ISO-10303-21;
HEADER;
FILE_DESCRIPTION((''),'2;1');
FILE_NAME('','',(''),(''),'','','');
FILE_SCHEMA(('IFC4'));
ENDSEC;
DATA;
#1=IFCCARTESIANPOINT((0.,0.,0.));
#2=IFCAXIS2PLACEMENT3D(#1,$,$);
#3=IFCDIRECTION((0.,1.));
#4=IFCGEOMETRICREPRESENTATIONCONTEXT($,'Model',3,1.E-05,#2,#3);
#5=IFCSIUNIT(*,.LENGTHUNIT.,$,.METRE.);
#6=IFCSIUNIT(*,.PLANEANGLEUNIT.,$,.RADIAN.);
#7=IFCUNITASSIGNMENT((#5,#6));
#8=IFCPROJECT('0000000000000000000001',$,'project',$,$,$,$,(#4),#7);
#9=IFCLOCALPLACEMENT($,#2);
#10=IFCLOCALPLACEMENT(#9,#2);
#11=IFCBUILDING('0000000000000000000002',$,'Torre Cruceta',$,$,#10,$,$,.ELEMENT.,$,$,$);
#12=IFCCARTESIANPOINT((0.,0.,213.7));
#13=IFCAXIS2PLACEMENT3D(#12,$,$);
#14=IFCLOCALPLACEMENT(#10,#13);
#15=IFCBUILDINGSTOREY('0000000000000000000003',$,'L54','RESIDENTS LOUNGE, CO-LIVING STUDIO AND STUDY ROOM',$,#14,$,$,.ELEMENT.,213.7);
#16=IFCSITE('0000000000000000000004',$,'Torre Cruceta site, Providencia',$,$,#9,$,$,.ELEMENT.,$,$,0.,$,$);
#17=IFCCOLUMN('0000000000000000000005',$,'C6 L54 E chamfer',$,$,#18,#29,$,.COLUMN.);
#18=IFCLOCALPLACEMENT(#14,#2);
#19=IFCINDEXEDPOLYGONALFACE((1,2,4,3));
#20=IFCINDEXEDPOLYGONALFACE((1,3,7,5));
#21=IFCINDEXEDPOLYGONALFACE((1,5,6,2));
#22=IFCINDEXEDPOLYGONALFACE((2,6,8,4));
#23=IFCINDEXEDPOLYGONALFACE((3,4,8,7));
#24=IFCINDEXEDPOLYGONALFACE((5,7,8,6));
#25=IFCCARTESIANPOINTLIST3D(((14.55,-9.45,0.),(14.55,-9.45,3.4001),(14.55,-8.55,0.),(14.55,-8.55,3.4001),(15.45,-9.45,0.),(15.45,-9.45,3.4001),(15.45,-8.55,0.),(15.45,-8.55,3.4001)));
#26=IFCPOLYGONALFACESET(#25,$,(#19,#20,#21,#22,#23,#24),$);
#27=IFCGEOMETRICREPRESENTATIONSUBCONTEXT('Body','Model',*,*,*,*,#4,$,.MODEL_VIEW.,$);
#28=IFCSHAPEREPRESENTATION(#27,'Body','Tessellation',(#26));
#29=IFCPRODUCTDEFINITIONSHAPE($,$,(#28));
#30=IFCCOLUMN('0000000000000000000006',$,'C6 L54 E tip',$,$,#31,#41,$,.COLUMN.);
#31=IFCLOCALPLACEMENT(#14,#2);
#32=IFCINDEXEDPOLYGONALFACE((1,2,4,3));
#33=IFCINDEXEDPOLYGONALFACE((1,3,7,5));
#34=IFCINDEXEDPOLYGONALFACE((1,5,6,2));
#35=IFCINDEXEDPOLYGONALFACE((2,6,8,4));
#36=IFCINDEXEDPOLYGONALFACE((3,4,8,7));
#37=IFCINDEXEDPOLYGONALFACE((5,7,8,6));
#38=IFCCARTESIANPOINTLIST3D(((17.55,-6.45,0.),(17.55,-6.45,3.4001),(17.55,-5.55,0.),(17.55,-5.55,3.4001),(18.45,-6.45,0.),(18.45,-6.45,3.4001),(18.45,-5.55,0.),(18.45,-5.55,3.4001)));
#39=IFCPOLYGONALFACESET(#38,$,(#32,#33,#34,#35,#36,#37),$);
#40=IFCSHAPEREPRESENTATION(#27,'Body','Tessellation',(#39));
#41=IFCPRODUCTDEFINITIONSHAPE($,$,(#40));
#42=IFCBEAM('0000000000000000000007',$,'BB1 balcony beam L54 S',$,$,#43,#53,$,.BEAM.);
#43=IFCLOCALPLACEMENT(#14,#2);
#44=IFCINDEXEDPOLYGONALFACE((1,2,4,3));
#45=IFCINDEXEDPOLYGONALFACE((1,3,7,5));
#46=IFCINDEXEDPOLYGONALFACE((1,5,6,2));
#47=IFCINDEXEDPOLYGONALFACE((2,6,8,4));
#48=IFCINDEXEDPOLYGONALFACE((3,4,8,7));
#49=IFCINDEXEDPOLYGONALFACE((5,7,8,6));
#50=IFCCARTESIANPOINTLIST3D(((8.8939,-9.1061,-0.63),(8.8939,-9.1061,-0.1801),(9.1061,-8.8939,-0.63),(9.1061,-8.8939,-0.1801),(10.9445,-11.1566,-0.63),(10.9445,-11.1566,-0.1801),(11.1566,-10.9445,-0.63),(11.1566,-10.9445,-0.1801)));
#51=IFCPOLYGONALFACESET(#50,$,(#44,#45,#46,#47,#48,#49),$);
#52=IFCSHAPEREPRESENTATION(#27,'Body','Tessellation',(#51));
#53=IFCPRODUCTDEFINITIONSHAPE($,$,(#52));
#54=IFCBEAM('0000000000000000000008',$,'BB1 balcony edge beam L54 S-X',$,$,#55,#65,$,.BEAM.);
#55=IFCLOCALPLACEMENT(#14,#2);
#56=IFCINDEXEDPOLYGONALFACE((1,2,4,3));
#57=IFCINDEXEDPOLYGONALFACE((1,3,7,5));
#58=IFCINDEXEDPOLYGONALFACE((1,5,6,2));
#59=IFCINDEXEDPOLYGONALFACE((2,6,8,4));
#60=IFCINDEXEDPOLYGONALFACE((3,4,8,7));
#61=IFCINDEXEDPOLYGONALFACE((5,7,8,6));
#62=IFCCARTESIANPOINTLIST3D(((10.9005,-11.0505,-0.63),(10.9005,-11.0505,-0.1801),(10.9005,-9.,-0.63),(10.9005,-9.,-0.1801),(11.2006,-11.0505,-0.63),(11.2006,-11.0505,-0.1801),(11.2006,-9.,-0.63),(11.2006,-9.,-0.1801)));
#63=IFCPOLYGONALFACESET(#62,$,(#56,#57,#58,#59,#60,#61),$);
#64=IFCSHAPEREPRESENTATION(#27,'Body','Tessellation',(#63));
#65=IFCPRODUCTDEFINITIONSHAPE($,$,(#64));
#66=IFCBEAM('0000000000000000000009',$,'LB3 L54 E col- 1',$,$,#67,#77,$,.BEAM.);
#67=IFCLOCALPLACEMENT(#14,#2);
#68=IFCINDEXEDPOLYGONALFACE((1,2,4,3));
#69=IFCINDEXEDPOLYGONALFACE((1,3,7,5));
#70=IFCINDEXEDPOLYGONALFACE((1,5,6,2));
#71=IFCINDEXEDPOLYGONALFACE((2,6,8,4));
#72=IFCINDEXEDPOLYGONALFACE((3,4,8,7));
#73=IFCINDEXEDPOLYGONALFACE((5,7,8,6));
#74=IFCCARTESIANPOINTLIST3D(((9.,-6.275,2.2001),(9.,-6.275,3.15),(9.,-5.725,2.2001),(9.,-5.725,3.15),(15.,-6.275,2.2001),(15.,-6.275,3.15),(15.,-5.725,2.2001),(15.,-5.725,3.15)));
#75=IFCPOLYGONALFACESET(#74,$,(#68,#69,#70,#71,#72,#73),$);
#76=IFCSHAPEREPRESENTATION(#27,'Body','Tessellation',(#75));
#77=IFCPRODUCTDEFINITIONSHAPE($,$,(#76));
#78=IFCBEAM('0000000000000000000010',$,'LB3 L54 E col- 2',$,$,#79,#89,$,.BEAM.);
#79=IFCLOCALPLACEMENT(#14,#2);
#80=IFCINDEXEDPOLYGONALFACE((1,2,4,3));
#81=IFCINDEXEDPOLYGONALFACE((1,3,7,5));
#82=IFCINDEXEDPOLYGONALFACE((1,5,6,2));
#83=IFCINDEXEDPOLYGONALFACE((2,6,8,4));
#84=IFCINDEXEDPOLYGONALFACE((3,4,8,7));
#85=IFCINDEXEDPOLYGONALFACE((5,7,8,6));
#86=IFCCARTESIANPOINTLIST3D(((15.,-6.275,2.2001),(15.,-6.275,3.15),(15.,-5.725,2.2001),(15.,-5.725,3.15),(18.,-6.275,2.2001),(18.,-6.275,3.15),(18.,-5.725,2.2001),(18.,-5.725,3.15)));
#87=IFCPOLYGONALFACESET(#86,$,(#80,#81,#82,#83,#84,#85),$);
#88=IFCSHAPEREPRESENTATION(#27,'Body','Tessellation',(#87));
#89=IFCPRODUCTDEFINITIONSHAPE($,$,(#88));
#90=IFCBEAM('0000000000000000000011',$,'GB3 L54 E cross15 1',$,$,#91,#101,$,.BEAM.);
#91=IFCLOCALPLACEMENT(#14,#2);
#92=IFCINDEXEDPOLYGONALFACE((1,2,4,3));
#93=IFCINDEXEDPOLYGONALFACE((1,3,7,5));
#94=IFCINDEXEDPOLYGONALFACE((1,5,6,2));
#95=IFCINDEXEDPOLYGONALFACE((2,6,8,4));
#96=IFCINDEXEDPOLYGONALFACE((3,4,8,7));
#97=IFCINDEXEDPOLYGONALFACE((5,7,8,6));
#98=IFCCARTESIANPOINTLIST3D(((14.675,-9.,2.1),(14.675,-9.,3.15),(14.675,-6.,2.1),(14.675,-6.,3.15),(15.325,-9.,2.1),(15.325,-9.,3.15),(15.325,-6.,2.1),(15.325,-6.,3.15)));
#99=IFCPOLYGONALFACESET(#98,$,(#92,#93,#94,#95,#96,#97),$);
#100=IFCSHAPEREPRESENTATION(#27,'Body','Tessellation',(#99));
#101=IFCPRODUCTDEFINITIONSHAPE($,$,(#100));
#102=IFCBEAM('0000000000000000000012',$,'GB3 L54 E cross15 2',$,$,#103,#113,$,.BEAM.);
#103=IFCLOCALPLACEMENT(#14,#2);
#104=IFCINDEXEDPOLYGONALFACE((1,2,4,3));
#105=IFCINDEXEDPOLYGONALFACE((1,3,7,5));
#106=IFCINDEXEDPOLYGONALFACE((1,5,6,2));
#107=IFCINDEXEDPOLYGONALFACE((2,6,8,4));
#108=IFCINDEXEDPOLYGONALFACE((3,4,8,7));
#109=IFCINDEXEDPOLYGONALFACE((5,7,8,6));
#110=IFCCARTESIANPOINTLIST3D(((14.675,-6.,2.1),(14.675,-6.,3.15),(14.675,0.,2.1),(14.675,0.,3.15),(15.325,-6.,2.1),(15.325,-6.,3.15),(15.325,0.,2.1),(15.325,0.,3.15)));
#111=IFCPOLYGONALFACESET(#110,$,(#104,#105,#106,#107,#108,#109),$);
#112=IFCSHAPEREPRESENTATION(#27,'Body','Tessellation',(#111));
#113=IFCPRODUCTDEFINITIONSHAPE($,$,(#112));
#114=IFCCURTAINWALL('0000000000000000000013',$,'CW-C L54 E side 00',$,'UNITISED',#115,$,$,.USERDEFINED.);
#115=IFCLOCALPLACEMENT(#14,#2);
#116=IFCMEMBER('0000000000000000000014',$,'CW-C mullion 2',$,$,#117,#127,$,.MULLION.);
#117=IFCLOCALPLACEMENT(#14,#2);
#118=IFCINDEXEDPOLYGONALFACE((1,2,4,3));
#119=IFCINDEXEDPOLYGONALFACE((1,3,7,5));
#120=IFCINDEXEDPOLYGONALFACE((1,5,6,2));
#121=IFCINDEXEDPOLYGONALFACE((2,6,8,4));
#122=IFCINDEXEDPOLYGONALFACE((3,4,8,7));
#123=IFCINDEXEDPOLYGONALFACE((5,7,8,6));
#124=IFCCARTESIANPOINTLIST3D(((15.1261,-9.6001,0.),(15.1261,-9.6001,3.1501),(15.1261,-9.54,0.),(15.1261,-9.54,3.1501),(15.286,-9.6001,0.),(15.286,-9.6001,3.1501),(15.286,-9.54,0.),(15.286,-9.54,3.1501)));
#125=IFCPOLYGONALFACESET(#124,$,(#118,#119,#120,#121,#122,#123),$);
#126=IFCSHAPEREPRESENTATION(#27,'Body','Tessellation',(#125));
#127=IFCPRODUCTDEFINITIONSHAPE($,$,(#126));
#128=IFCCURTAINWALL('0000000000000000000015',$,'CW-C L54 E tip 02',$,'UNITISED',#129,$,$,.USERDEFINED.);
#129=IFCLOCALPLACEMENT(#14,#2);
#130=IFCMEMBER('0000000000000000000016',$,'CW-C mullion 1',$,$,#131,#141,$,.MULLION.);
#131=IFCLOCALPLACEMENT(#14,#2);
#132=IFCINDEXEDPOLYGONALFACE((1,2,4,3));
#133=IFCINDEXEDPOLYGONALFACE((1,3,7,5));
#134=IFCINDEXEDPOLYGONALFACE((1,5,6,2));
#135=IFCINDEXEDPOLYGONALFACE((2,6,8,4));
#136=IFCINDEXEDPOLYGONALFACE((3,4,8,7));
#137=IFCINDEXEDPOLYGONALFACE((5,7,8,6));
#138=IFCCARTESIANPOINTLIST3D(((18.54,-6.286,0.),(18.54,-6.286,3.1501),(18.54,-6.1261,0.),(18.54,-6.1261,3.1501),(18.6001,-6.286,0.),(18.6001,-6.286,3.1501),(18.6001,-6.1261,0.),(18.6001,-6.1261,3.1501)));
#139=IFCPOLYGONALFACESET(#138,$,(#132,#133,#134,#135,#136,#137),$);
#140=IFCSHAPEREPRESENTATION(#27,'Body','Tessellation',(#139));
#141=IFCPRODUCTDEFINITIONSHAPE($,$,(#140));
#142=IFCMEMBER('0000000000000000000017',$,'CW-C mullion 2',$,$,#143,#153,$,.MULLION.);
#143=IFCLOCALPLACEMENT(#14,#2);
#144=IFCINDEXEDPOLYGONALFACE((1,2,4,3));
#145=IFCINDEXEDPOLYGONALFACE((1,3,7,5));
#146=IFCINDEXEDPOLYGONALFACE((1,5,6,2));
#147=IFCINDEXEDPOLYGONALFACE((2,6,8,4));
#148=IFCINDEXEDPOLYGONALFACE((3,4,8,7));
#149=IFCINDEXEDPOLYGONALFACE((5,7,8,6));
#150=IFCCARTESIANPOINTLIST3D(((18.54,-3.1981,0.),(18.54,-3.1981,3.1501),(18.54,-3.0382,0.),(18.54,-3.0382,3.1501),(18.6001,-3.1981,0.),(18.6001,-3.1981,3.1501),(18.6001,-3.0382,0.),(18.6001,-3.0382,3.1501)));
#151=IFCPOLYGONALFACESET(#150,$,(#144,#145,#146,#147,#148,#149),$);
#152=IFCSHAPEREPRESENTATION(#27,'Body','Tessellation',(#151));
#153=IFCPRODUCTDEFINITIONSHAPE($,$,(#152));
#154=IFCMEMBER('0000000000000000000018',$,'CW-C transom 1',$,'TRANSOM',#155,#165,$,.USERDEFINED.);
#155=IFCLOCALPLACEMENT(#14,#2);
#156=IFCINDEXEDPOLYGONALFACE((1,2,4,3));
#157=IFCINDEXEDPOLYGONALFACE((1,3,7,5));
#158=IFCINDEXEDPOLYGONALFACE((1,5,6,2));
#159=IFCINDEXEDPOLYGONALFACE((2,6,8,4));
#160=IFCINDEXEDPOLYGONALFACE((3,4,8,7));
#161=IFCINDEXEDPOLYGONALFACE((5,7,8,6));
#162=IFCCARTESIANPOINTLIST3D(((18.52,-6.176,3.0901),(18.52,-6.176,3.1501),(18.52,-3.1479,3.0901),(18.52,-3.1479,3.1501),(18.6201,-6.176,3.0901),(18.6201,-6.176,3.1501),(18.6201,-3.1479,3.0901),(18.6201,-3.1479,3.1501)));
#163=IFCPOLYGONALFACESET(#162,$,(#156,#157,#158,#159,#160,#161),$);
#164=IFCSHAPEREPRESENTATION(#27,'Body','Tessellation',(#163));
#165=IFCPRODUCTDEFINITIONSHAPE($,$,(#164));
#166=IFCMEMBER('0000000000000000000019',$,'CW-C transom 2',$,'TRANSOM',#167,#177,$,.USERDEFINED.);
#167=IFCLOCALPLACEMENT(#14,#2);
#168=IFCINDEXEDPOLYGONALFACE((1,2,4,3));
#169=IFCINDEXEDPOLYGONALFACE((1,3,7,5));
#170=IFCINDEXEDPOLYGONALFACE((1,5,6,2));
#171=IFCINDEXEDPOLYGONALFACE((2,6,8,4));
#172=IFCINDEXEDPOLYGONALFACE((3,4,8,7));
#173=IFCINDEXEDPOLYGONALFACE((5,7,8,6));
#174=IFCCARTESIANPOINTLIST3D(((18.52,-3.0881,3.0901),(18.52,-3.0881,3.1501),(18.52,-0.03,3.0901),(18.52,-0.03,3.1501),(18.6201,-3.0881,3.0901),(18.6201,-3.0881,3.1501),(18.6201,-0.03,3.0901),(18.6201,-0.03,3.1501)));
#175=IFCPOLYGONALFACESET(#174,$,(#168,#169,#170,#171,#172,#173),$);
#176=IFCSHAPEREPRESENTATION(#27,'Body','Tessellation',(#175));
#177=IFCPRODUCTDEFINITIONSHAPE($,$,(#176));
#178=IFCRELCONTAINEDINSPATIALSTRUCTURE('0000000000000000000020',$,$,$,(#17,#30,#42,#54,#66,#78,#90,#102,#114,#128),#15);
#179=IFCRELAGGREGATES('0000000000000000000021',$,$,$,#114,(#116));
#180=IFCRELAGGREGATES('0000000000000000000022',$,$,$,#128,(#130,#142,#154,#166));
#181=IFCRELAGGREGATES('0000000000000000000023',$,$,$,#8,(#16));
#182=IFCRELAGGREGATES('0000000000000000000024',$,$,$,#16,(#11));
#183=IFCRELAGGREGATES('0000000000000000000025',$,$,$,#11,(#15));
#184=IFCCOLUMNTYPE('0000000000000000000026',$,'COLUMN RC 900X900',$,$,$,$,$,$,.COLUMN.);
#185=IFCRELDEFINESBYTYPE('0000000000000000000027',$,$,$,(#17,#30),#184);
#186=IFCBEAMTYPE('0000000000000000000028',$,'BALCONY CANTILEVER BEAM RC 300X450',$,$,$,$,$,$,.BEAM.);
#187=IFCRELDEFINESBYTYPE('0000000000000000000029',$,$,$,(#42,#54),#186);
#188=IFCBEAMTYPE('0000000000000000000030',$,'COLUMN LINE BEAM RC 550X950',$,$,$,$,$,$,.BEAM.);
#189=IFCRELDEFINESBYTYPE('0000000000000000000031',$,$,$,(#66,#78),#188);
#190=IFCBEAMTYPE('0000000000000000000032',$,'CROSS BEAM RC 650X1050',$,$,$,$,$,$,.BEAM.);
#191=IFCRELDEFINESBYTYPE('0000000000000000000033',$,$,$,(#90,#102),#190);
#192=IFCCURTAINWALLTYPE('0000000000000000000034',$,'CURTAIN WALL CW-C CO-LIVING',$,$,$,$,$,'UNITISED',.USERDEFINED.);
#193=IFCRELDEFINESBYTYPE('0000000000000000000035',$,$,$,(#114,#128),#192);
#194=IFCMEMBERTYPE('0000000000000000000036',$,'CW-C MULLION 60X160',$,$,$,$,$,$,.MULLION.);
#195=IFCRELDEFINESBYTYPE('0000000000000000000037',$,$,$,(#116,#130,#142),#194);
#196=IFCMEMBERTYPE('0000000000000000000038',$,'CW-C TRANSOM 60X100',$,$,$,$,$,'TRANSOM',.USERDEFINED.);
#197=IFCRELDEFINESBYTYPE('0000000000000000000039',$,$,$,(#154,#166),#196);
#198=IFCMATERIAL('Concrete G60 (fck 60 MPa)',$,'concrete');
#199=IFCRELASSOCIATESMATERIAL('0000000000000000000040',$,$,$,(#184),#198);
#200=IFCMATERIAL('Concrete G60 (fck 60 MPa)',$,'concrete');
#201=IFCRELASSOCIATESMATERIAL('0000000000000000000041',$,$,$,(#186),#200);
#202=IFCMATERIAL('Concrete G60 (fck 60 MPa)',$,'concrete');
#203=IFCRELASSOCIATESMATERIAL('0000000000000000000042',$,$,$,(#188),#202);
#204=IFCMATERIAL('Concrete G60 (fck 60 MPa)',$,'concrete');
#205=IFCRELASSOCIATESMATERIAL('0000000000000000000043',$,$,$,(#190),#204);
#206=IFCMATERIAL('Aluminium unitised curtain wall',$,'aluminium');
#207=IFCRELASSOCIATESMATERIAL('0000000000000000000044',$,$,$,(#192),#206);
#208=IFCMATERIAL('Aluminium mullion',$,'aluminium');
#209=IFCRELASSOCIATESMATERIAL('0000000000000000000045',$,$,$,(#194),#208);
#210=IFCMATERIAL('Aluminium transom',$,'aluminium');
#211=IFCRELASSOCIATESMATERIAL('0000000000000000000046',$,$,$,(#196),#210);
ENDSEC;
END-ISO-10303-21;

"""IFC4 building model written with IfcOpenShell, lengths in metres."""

from ifc_helpers import new_model, si_unit, direction, frame, origin, origin_2d, place, context, subcontext, project, spatial, rectangle, extrude, material, material_profile, profile_set, type_object, element, aggregate, save


model = new_model("IFC4")

# Units and contexts
model_context = context("Model", 3, precision=1e-05, world=origin(), true_north=direction((0.0, 1.0)))
body_context = subcontext(model_context, "Body", "Model", "MODEL_VIEW")
ifc_project = project(units=[si_unit("LENGTHUNIT", "METRE"), si_unit("PLANEANGLEUNIT", "RADIAN")], contexts=[model_context])

# Site, building, storey
site_placement = place(None, origin())
site = spatial("IfcSite", under=ifc_project, at=site_placement, Name="Torre Cruceta site, Providencia", CompositionType="ELEMENT", RefElevation=0.0)
building_placement = place(site_placement, origin())
building = spatial("IfcBuilding", under=site, at=building_placement, Name="Torre Cruceta", CompositionType="ELEMENT")
storey_placement = place(building_placement, frame((0.0, 0.0, 213.7)))
storey = spatial("IfcBuildingStorey", under=building, at=storey_placement, Name="L54", Description="RESIDENTS LOUNGE, CO-LIVING STUDIO AND STUDY ROOM", CompositionType="ELEMENT", Elevation=213.7)

# Columns
ifc_material_1 = material(Name="Concrete G60 (fck 60 MPa)", Category="concrete")
ifc_material_profile_1 = material_profile(ifc_material_1, rectangle(XDim=0.8999, YDim=0.8999, at=origin_2d()), Name="RC 900X900")
ifc_profile_set_1 = profile_set([ifc_material_profile_1], Name="Concrete G60 (fck 60 MPa)")
column_type = type_object("IfcColumnType", Name="COLUMN RC 900X900", PredefinedType="COLUMN", material=ifc_profile_set_1)
for number, where, z_axis, x_axis, name in (
    (1, (15.0, -9.0, 0.0), (0.0, 0.0, 1.0), (1.0, 0.0, 0.0), "C6 L54 E chamfer"),
    (2, (18.0, -6.0, 0.0), (0.0, 0.0, 1.0), (1.0, 0.0, 0.0), "C6 L54 E tip"),
):
    element("IfcColumn", number, at=place(storey_placement, frame(where, z_axis=z_axis, x_axis=x_axis)), inside=storey, type_object=column_type, Name=name, PredefinedType="COLUMN", context=body_context, shape_type="SweptSolid", body=[
        extrude(rectangle(XDim=0.8999, YDim=0.8999, at=origin_2d()), origin(), (0.0, 0.0, 1.0), 3.4001),
    ])

# Beams
ifc_material_2 = material(Name="Concrete G60 (fck 60 MPa)", Category="concrete")
ifc_material_profile_2 = material_profile(ifc_material_2, rectangle(XDim=0.3, YDim=0.45, at=origin_2d()), Name="RC 300X450")
ifc_profile_set_2 = profile_set([ifc_material_profile_2], Name="Concrete G60 (fck 60 MPa)")
beam_type_1 = type_object("IfcBeamType", Name="BALCONY CANTILEVER BEAM RC 300X450", PredefinedType="BEAM", material=ifc_profile_set_2)
beam_1_placement = place(storey_placement, frame((9.0, -9.0, -0.405), z_axis=(0.707107, -0.707107, 0.0), x_axis=(0.707107, 0.707107, 0.0)))
element("IfcBeam", 3, at=beam_1_placement, inside=storey, type_object=beam_type_1, Name="BB1 balcony beam L54 S", PredefinedType="BEAM", context=body_context, shape_type="SweptSolid", body=[
    extrude(rectangle(XDim=0.3, YDim=0.45, at=origin_2d()), origin(), (0.0, 0.0, 1.0), 2.8999),
])
beam_2_placement = place(storey_placement, frame((11.0505, -9.0, -0.405), z_axis=(0.0, -1.0, 0.0), x_axis=(1.0, 0.0, 0.0)))
element("IfcBeam", 4, at=beam_2_placement, inside=storey, type_object=beam_type_1, Name="BB1 balcony edge beam L54 S-X", PredefinedType="BEAM", context=body_context, shape_type="SweptSolid", body=[
    extrude(rectangle(XDim=0.3, YDim=0.45, at=origin_2d()), origin(), (0.0, 0.0, 1.0), 2.0505),
])
ifc_material_3 = material(Name="Concrete G60 (fck 60 MPa)", Category="concrete")
ifc_material_profile_3 = material_profile(ifc_material_3, rectangle(XDim=0.55, YDim=0.95, at=origin_2d()), Name="RC 550X950")
ifc_profile_set_3 = profile_set([ifc_material_profile_3], Name="Concrete G60 (fck 60 MPa)")
beam_type_2 = type_object("IfcBeamType", Name="COLUMN LINE BEAM RC 550X950", PredefinedType="BEAM", material=ifc_profile_set_3)
beam_3_placement = place(storey_placement, frame((9.0, -6.0, 2.675), z_axis=(1.0, 0.0, 0.0), x_axis=(0.0, 1.0, 0.0)))
element("IfcBeam", 5, at=beam_3_placement, inside=storey, type_object=beam_type_2, Name="LB3 L54 E col- 1", PredefinedType="BEAM", context=body_context, shape_type="SweptSolid", body=[
    extrude(rectangle(XDim=0.55, YDim=0.95, at=origin_2d()), origin(), (0.0, 0.0, 1.0), 6.0),
])
beam_4_placement = place(storey_placement, frame((15.0, -6.0, 2.675), z_axis=(1.0, 0.0, 0.0), x_axis=(0.0, 1.0, 0.0)))
element("IfcBeam", 6, at=beam_4_placement, inside=storey, type_object=beam_type_2, Name="LB3 L54 E col- 2", PredefinedType="BEAM", context=body_context, shape_type="SweptSolid", body=[
    extrude(rectangle(XDim=0.55, YDim=0.95, at=origin_2d()), origin(), (0.0, 0.0, 1.0), 3.0),
])
ifc_material_4 = material(Name="Concrete G60 (fck 60 MPa)", Category="concrete")
ifc_material_profile_4 = material_profile(ifc_material_4, rectangle(XDim=0.6499, YDim=1.05, at=origin_2d()), Name="RC 650X1050")
ifc_profile_set_4 = profile_set([ifc_material_profile_4], Name="Concrete G60 (fck 60 MPa)")
beam_type_3 = type_object("IfcBeamType", Name="CROSS BEAM RC 650X1050", PredefinedType="BEAM", material=ifc_profile_set_4)
beam_5_placement = place(storey_placement, frame((15.0, -9.0, 2.625), z_axis=(0.0, 1.0, 0.0), x_axis=(-1.0, 0.0, 0.0)))
element("IfcBeam", 7, at=beam_5_placement, inside=storey, type_object=beam_type_3, Name="GB3 L54 E cross15 1", PredefinedType="BEAM", context=body_context, shape_type="SweptSolid", body=[
    extrude(rectangle(XDim=0.6499, YDim=1.05, at=origin_2d()), origin(), (0.0, 0.0, 1.0), 3.0),
])
beam_6_placement = place(storey_placement, frame((15.0, -6.0, 2.625), z_axis=(0.0, 1.0, 0.0), x_axis=(-1.0, 0.0, 0.0)))
element("IfcBeam", 8, at=beam_6_placement, inside=storey, type_object=beam_type_3, Name="GB3 L54 E cross15 2", PredefinedType="BEAM", context=body_context, shape_type="SweptSolid", body=[
    extrude(rectangle(XDim=0.6499, YDim=1.05, at=origin_2d()), origin(), (0.0, 0.0, 1.0), 6.0),
])

# Curtain wall, member
ifc_material_5 = material(Name="Aluminium unitised curtain wall", Category="aluminium")
curtain_wall_type = type_object("IfcCurtainWallType", Name="CURTAIN WALL CW-C CO-LIVING", ElementType="UNITISED", PredefinedType="USERDEFINED", material=ifc_material_5)
curtain_wall_1_placement = place(storey_placement, origin())
curtain_wall_1 = element("IfcCurtainWall", 9, at=curtain_wall_1_placement, inside=storey, type_object=curtain_wall_type, Name="CW-C L54 E side 00", ObjectType="UNITISED", PredefinedType="USERDEFINED")
ifc_material_6 = material(Name="Aluminium mullion", Category="aluminium")
ifc_material_profile_5 = material_profile(ifc_material_6, rectangle(XDim=0.0601, YDim=0.1599, at=origin_2d()), Name="AL 60X160")
ifc_profile_set_5 = profile_set([ifc_material_profile_5], Name="Aluminium mullion")
member_type_1 = type_object("IfcMemberType", Name="CW-C MULLION 60X160", PredefinedType="MULLION", material=ifc_profile_set_5)
member_1_placement = place(storey_placement, frame((15.2061, -9.5701, 0.0), z_axis=(0.0, 0.0, 1.0), x_axis=(0.0, 1.0, 0.0)))
member_1 = element("IfcMember", 10, at=member_1_placement, type_object=member_type_1, Name="CW-C mullion 2", PredefinedType="MULLION", context=body_context, shape_type="SweptSolid", body=[
    extrude(rectangle(XDim=0.0601, YDim=0.1599, at=origin_2d()), origin(), (0.0, 0.0, 1.0), 3.1501),
])

# Curtain wall, members
curtain_wall_2_placement = place(storey_placement, origin())
curtain_wall_2 = element("IfcCurtainWall", 11, at=curtain_wall_2_placement, inside=storey, type_object=curtain_wall_type, Name="CW-C L54 E tip 02", ObjectType="UNITISED", PredefinedType="USERDEFINED")
member_2_placement = place(storey_placement, frame((18.5701, -6.2061, 0.0), z_axis=(0.0, 0.0, 1.0), x_axis=(-1.0, 0.0, 0.0)))
member_2 = element("IfcMember", 12, at=member_2_placement, type_object=member_type_1, Name="CW-C mullion 1", PredefinedType="MULLION", context=body_context, shape_type="SweptSolid", body=[
    extrude(rectangle(XDim=0.0601, YDim=0.1599, at=origin_2d()), origin(), (0.0, 0.0, 1.0), 3.1501),
])
member_3_placement = place(storey_placement, frame((18.5701, -3.1182, 0.0), z_axis=(0.0, 0.0, 1.0), x_axis=(-1.0, 0.0, 0.0)))
member_3 = element("IfcMember", 13, at=member_3_placement, type_object=member_type_1, Name="CW-C mullion 2", PredefinedType="MULLION", context=body_context, shape_type="SweptSolid", body=[
    extrude(rectangle(XDim=0.0601, YDim=0.1599, at=origin_2d()), origin(), (0.0, 0.0, 1.0), 3.1501),
])
ifc_material_7 = material(Name="Aluminium transom", Category="aluminium")
ifc_material_profile_6 = material_profile(ifc_material_7, rectangle(XDim=0.1001, YDim=0.0601, at=origin_2d()), Name="AL 100X60")
ifc_profile_set_6 = profile_set([ifc_material_profile_6], Name="Aluminium transom")
member_type_2 = type_object("IfcMemberType", Name="CW-C TRANSOM 60X100", ElementType="TRANSOM", PredefinedType="USERDEFINED", material=ifc_profile_set_6)
member_4_placement = place(storey_placement, frame((18.5701, -6.176, 3.1201), z_axis=(0.0, 1.0, 0.0), x_axis=(-1.0, 0.0, 0.0)))
member_4 = element("IfcMember", 14, at=member_4_placement, type_object=member_type_2, Name="CW-C transom 1", ObjectType="TRANSOM", PredefinedType="USERDEFINED", context=body_context, shape_type="SweptSolid", body=[
    extrude(rectangle(XDim=0.1001, YDim=0.0601, at=origin_2d()), origin(), (0.0, 0.0, 1.0), 3.0281),
])
member_5_placement = place(storey_placement, frame((18.5701, -3.0881, 3.1201), z_axis=(0.0, 1.0, 0.0), x_axis=(-1.0, 0.0, 0.0)))
member_5 = element("IfcMember", 15, at=member_5_placement, type_object=member_type_2, Name="CW-C transom 2", ObjectType="TRANSOM", PredefinedType="USERDEFINED", context=body_context, shape_type="SweptSolid", body=[
    extrude(rectangle(XDim=0.1001, YDim=0.0601, at=origin_2d()), origin(), (0.0, 0.0, 1.0), 3.0581),
])

aggregate(curtain_wall_1, [member_1])
aggregate(curtain_wall_2, [member_2, member_3, member_4, member_5])

save(model, "model.ifc")
